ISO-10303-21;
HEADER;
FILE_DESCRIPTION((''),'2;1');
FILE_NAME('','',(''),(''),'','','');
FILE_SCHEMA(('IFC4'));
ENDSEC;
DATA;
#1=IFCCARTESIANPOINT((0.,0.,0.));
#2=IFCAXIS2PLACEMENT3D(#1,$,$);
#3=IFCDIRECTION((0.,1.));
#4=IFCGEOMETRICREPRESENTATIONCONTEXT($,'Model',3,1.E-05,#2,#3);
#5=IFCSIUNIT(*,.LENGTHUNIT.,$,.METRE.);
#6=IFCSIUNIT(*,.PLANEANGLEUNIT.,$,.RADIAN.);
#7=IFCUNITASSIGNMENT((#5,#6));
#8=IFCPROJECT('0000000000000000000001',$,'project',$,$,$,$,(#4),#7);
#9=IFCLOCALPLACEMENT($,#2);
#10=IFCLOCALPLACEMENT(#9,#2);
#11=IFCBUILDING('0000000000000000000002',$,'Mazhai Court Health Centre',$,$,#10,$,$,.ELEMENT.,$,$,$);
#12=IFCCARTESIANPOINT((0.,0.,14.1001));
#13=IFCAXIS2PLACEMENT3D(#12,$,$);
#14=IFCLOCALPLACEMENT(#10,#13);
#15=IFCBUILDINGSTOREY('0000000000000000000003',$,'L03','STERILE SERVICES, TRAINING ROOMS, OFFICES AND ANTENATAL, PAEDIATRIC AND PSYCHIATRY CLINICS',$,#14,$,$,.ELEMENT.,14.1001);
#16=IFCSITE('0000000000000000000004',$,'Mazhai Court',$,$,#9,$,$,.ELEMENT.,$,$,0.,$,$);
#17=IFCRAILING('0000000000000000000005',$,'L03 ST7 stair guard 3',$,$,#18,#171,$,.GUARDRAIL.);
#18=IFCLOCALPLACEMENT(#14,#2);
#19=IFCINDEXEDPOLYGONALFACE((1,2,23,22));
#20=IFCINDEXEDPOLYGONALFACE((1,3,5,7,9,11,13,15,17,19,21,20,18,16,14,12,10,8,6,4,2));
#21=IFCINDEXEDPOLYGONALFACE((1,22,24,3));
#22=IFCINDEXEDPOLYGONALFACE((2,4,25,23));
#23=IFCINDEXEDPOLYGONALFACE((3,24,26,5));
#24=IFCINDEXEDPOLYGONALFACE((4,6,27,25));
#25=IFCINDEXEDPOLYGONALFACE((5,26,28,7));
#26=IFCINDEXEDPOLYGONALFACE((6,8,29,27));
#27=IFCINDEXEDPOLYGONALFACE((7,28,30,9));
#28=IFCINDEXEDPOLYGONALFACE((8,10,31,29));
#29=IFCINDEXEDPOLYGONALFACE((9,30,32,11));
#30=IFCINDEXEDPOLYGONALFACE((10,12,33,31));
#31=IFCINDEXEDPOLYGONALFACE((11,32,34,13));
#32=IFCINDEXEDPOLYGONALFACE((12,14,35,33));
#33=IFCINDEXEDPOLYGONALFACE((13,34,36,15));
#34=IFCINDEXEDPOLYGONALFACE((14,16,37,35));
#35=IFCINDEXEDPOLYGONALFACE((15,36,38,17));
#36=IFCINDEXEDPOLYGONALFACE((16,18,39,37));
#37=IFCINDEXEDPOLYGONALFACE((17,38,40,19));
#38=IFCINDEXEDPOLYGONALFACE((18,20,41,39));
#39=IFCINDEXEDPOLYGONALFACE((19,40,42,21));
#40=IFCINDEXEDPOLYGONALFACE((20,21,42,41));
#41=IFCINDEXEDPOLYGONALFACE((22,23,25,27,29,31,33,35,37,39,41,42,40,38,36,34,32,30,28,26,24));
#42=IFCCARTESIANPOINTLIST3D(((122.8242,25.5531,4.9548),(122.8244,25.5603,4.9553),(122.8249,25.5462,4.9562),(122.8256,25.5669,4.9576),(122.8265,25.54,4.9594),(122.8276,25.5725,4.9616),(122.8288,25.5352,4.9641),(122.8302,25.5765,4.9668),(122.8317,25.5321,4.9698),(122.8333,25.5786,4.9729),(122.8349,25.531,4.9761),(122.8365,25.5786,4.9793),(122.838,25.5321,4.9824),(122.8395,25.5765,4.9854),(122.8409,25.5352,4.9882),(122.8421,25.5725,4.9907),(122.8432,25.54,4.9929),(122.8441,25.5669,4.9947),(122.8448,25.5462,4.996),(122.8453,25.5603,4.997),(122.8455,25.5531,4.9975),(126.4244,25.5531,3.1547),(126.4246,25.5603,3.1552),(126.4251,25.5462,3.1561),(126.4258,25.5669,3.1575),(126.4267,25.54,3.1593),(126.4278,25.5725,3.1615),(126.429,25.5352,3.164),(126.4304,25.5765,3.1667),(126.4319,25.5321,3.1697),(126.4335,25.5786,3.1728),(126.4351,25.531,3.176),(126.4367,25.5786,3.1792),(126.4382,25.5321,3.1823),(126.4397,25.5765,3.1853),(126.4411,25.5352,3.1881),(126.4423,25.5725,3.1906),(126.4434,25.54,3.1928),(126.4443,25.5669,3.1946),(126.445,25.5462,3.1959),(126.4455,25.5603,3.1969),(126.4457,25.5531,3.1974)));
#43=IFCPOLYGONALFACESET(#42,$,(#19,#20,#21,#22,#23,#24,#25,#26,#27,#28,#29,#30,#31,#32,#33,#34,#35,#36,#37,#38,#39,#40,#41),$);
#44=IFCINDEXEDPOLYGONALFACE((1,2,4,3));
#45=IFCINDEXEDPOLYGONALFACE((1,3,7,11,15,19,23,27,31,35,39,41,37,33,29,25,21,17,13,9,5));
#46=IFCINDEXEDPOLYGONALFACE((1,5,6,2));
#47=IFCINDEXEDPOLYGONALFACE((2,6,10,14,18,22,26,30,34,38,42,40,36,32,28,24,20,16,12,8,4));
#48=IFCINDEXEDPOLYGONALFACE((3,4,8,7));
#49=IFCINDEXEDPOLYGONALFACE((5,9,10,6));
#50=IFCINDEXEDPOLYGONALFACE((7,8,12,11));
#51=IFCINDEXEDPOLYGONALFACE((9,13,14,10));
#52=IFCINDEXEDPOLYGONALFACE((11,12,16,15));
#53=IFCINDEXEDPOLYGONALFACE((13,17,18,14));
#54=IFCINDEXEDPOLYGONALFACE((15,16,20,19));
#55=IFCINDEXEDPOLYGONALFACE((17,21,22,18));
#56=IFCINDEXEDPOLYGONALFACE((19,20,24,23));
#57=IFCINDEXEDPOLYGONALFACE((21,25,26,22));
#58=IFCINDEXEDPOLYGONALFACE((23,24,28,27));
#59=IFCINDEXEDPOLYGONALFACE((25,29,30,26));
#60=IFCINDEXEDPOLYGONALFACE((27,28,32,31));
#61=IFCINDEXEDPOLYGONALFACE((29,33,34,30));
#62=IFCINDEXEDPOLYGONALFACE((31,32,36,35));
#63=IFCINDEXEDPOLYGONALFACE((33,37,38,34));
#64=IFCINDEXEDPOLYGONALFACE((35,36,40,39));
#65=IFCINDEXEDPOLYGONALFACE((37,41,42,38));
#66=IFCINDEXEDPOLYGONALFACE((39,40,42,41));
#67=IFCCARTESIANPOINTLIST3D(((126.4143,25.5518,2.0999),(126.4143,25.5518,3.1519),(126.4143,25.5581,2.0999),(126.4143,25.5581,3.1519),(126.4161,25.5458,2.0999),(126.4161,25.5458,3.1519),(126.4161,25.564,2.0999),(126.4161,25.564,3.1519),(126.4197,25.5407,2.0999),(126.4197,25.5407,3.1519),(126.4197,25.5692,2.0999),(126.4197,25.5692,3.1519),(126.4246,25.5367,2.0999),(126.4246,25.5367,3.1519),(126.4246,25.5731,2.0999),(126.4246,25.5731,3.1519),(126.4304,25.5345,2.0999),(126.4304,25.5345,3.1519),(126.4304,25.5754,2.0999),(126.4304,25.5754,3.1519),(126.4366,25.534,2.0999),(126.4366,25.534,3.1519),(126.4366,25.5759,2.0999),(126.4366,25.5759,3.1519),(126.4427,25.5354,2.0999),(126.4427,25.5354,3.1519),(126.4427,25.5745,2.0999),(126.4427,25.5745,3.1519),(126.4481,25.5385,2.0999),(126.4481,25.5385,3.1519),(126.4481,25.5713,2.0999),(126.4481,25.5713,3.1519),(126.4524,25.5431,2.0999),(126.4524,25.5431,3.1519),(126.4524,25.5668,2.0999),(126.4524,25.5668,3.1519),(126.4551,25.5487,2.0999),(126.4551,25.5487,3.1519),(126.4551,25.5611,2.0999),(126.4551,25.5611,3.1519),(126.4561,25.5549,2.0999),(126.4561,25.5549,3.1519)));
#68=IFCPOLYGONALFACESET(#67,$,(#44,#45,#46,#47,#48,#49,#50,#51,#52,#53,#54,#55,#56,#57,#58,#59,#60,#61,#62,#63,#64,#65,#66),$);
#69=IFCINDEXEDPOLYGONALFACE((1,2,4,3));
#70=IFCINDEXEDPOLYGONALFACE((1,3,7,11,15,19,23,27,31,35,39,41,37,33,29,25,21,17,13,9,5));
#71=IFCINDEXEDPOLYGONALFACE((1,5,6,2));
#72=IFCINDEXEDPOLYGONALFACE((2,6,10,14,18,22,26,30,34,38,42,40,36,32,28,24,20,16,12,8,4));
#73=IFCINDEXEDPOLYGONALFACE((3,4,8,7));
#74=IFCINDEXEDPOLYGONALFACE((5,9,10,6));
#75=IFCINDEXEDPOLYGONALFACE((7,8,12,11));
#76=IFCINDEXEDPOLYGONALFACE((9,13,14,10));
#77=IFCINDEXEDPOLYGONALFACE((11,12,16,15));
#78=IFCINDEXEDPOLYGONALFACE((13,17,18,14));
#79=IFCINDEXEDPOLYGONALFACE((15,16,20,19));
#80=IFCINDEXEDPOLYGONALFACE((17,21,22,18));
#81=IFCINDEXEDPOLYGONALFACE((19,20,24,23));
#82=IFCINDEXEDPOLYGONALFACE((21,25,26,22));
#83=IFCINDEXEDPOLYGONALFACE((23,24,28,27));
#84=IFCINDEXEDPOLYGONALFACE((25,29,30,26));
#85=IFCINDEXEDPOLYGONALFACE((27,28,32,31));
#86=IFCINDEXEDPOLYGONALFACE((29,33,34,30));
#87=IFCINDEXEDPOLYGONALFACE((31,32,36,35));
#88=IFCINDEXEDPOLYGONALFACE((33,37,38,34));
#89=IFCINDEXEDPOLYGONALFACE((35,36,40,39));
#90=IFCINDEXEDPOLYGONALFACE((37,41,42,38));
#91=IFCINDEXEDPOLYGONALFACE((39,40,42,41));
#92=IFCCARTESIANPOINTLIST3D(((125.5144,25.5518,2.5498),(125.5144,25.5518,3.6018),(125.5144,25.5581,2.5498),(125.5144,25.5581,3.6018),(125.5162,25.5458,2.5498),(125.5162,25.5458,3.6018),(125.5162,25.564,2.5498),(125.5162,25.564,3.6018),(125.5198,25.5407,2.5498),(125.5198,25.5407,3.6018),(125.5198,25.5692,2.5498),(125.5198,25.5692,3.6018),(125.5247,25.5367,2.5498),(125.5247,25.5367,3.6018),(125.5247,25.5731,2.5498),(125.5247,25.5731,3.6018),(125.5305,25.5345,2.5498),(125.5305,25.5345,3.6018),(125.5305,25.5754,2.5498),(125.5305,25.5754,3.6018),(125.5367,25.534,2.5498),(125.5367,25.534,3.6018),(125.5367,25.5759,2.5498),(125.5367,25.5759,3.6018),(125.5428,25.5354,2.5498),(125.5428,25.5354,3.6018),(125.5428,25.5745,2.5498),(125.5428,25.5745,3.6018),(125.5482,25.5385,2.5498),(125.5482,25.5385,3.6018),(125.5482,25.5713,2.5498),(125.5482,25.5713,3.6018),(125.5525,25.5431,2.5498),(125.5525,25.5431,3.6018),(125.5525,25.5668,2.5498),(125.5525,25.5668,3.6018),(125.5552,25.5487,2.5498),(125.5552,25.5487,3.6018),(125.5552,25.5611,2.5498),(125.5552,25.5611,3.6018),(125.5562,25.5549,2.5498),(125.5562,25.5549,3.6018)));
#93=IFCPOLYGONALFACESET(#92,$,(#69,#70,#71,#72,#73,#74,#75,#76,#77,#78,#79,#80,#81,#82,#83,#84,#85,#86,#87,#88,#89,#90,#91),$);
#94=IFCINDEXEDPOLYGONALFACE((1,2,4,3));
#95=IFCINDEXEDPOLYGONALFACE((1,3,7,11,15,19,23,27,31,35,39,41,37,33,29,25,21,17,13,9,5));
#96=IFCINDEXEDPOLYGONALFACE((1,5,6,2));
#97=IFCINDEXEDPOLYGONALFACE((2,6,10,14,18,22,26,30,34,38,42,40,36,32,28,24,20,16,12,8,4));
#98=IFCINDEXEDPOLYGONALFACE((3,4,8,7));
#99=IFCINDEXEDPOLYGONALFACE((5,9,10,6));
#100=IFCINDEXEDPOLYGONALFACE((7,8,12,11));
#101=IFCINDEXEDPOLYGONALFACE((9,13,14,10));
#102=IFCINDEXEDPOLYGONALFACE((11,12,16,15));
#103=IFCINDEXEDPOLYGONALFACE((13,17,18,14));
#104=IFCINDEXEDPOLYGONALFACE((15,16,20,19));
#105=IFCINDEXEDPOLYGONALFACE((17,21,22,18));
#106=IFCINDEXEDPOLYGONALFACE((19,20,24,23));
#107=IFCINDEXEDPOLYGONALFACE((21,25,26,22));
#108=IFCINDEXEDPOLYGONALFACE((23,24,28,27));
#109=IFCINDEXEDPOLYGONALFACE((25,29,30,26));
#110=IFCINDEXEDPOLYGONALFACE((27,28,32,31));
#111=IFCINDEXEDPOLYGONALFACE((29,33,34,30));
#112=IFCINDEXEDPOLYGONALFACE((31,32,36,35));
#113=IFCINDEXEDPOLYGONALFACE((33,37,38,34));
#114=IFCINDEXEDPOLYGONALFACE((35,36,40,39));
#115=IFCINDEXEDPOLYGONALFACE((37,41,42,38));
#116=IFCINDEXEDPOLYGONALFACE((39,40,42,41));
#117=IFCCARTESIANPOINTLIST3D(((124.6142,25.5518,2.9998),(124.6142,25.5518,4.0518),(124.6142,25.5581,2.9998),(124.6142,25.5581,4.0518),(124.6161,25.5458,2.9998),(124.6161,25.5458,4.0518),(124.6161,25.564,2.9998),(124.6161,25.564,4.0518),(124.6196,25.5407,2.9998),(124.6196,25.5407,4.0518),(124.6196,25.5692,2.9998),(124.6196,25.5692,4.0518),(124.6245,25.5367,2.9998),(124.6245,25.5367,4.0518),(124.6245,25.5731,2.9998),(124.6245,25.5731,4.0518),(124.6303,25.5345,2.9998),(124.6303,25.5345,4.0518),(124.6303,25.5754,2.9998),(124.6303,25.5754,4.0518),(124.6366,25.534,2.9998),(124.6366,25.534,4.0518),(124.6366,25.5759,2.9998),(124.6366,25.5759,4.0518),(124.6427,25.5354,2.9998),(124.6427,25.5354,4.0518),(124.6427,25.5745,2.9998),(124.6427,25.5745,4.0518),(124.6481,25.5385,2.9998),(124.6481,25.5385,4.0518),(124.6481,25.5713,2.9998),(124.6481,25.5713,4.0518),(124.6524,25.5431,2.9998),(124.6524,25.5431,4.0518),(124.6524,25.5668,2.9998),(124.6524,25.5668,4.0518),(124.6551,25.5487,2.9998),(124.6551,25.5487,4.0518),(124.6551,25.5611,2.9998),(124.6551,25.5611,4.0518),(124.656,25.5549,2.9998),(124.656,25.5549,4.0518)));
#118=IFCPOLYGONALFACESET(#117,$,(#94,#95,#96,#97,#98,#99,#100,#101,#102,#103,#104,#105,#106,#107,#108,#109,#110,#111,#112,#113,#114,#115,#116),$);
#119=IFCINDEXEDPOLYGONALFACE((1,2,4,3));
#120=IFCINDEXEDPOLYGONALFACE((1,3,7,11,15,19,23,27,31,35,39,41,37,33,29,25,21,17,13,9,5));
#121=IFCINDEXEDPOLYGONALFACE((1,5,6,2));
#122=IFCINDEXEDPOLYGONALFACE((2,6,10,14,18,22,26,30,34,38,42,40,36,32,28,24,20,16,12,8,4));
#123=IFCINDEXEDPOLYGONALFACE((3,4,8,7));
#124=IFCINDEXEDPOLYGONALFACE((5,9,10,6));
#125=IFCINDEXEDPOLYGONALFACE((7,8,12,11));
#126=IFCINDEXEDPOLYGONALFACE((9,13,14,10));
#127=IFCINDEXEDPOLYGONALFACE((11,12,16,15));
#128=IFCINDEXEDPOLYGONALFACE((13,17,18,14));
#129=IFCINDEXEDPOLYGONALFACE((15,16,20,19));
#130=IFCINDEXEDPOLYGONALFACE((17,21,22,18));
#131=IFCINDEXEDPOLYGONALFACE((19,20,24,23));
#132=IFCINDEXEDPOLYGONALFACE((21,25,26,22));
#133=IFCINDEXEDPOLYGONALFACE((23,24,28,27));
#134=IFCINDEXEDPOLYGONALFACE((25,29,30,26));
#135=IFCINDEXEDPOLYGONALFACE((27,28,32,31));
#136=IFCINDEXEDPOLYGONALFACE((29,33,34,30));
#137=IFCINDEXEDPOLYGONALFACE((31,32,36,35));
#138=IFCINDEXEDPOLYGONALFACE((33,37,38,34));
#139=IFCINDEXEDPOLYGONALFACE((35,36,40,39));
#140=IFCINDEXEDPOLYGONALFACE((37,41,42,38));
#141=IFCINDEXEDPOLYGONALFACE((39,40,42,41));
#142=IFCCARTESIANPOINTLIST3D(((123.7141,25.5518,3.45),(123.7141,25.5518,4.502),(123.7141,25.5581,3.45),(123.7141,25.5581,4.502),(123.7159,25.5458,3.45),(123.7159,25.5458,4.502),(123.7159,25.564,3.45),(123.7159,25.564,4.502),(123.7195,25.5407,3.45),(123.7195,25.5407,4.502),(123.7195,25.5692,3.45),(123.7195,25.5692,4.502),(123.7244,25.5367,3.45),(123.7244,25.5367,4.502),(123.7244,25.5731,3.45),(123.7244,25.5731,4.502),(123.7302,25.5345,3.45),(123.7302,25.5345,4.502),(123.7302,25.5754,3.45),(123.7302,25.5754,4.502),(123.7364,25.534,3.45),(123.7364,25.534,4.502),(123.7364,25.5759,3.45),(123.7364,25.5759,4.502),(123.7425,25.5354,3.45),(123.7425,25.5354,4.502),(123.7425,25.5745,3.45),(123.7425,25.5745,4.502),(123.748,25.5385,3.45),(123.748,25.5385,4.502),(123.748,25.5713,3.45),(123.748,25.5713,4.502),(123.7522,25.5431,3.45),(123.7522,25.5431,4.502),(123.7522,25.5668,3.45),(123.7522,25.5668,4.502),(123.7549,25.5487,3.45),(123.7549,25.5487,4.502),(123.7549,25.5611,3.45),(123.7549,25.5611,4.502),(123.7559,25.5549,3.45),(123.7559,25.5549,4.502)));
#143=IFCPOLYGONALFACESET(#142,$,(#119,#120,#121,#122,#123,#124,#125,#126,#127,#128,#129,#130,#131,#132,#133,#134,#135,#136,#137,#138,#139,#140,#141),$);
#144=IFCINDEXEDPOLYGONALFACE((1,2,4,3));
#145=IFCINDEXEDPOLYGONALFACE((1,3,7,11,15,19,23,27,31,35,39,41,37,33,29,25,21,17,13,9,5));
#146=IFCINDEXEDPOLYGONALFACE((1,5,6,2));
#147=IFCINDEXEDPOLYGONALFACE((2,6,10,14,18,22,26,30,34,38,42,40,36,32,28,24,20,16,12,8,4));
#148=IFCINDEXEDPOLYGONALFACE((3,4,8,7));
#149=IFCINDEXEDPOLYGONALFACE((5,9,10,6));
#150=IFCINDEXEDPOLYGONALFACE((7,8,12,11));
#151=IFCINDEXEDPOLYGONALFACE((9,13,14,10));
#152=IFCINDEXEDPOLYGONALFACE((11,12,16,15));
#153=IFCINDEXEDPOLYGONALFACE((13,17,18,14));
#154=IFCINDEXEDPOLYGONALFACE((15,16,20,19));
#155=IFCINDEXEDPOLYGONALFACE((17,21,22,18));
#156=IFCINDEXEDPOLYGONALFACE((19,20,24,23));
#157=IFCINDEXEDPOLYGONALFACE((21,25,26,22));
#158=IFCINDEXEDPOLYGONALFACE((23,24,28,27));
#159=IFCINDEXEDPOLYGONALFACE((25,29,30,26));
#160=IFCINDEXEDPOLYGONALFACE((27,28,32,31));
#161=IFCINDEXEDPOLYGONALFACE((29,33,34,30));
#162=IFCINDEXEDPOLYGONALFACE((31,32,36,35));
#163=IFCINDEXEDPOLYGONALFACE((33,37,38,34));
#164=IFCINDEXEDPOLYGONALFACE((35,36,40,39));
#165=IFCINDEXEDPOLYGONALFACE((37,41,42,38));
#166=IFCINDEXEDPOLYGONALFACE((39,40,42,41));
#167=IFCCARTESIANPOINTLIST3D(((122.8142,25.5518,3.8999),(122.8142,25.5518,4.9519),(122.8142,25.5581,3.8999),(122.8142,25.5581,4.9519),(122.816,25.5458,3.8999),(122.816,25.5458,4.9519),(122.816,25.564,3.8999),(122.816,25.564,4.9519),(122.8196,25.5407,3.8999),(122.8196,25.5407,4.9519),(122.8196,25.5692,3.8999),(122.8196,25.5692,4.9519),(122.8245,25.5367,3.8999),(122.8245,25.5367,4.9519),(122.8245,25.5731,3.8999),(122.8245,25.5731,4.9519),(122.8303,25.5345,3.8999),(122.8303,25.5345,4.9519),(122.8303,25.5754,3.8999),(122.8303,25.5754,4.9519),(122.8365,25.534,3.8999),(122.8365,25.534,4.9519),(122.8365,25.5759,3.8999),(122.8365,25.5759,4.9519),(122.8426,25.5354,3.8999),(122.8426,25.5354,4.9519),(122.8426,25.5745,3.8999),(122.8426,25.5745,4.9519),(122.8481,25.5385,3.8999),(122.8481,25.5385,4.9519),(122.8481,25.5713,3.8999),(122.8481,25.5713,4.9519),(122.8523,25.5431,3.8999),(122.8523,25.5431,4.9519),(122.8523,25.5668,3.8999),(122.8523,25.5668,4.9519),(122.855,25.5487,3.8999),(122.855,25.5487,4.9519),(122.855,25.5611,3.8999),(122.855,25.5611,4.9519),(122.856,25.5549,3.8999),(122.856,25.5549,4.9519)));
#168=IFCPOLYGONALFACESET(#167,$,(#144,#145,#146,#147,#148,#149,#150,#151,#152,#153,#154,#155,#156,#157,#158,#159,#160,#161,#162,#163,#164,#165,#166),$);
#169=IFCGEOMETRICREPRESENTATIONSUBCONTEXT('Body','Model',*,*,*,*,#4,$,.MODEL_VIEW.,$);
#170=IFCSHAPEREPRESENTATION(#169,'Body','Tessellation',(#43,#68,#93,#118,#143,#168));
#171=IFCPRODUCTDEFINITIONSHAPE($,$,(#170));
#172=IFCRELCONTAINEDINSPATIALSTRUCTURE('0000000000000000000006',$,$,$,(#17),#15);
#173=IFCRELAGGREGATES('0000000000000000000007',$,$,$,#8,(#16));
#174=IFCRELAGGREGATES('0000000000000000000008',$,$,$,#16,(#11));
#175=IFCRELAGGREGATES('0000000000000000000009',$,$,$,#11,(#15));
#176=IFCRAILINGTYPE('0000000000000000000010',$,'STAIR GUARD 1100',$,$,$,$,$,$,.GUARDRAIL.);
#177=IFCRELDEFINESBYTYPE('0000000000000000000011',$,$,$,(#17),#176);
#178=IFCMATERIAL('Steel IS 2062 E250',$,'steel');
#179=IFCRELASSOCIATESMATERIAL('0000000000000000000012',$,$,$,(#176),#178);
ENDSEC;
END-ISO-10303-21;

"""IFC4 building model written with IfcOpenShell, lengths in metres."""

from ifc_helpers import new_model, si_unit, direction, frame, origin, origin_2d, place, context, subcontext, project, spatial, circle, extrude, material, type_object, element, save


model = new_model("IFC4")

# Units and contexts
model_context = context("Model", 3, precision=1e-05, world=origin(), true_north=direction((0.0, 1.0)))
body_context = subcontext(model_context, "Body", "Model", "MODEL_VIEW")
ifc_project = project(units=[si_unit("LENGTHUNIT", "METRE"), si_unit("PLANEANGLEUNIT", "RADIAN")], contexts=[model_context])

# Site, building, storey
site_placement = place(None, origin())
site = spatial("IfcSite", under=ifc_project, at=site_placement, Name="Mazhai Court", CompositionType="ELEMENT", RefElevation=0.0)
building_placement = place(site_placement, origin())
building = spatial("IfcBuilding", under=site, at=building_placement, Name="Mazhai Court Health Centre", CompositionType="ELEMENT")
storey_placement = place(building_placement, frame((0.0, 0.0, 14.1001)))
storey = spatial("IfcBuildingStorey", under=building, at=storey_placement, Name="L03", Description="STERILE SERVICES, TRAINING ROOMS, OFFICES AND ANTENATAL, PAEDIATRIC AND PSYCHIATRY CLINICS", CompositionType="ELEMENT", Elevation=14.1001)

# Railing
ifc_material_1 = material(Name="Steel IS 2062 E250", Category="steel")
railing_type_1 = type_object("IfcRailingType", Name="STAIR GUARD 1100", PredefinedType="GUARDRAIL", material=ifc_material_1)
railing_1_placement = place(storey_placement, frame((126.4351, 25.5549, 2.0999)))
element("IfcRailing", 1, at=railing_1_placement, inside=storey, type_object=railing_type_1, Name="L03 ST7 stair guard 3", PredefinedType="GUARDRAIL", context=body_context, shape_type="SweptSolid", body=[
    extrude(circle(Radius=0.0239, at=origin_2d()), frame((0.0, 0.0, 1.0762), z_axis=(-0.894427, 0.0, 0.447214), x_axis=(0.0, -1.0, 0.0)), (0.0, 0.0, 1.0), 4.0251),
    extrude(circle(Radius=0.021, at=origin_2d()), origin(), (0.0, 0.0, 1.0), 1.052),
    extrude(circle(Radius=0.021, at=origin_2d()), frame((-0.8999, 0.0, 0.45)), (0.0, 0.0, 1.0), 1.052),
    extrude(circle(Radius=0.021, at=origin_2d()), frame((-1.8, 0.0, 0.8999)), (0.0, 0.0, 1.0), 1.052),
    extrude(circle(Radius=0.021, at=origin_2d()), frame((-2.7002, 0.0, 1.3501)), (0.0, 0.0, 1.0), 1.052),
    extrude(circle(Radius=0.021, at=origin_2d()), frame((-3.6001, 0.0, 1.8)), (0.0, 0.0, 1.0), 1.052),
])

save(model, "model.ifc")
